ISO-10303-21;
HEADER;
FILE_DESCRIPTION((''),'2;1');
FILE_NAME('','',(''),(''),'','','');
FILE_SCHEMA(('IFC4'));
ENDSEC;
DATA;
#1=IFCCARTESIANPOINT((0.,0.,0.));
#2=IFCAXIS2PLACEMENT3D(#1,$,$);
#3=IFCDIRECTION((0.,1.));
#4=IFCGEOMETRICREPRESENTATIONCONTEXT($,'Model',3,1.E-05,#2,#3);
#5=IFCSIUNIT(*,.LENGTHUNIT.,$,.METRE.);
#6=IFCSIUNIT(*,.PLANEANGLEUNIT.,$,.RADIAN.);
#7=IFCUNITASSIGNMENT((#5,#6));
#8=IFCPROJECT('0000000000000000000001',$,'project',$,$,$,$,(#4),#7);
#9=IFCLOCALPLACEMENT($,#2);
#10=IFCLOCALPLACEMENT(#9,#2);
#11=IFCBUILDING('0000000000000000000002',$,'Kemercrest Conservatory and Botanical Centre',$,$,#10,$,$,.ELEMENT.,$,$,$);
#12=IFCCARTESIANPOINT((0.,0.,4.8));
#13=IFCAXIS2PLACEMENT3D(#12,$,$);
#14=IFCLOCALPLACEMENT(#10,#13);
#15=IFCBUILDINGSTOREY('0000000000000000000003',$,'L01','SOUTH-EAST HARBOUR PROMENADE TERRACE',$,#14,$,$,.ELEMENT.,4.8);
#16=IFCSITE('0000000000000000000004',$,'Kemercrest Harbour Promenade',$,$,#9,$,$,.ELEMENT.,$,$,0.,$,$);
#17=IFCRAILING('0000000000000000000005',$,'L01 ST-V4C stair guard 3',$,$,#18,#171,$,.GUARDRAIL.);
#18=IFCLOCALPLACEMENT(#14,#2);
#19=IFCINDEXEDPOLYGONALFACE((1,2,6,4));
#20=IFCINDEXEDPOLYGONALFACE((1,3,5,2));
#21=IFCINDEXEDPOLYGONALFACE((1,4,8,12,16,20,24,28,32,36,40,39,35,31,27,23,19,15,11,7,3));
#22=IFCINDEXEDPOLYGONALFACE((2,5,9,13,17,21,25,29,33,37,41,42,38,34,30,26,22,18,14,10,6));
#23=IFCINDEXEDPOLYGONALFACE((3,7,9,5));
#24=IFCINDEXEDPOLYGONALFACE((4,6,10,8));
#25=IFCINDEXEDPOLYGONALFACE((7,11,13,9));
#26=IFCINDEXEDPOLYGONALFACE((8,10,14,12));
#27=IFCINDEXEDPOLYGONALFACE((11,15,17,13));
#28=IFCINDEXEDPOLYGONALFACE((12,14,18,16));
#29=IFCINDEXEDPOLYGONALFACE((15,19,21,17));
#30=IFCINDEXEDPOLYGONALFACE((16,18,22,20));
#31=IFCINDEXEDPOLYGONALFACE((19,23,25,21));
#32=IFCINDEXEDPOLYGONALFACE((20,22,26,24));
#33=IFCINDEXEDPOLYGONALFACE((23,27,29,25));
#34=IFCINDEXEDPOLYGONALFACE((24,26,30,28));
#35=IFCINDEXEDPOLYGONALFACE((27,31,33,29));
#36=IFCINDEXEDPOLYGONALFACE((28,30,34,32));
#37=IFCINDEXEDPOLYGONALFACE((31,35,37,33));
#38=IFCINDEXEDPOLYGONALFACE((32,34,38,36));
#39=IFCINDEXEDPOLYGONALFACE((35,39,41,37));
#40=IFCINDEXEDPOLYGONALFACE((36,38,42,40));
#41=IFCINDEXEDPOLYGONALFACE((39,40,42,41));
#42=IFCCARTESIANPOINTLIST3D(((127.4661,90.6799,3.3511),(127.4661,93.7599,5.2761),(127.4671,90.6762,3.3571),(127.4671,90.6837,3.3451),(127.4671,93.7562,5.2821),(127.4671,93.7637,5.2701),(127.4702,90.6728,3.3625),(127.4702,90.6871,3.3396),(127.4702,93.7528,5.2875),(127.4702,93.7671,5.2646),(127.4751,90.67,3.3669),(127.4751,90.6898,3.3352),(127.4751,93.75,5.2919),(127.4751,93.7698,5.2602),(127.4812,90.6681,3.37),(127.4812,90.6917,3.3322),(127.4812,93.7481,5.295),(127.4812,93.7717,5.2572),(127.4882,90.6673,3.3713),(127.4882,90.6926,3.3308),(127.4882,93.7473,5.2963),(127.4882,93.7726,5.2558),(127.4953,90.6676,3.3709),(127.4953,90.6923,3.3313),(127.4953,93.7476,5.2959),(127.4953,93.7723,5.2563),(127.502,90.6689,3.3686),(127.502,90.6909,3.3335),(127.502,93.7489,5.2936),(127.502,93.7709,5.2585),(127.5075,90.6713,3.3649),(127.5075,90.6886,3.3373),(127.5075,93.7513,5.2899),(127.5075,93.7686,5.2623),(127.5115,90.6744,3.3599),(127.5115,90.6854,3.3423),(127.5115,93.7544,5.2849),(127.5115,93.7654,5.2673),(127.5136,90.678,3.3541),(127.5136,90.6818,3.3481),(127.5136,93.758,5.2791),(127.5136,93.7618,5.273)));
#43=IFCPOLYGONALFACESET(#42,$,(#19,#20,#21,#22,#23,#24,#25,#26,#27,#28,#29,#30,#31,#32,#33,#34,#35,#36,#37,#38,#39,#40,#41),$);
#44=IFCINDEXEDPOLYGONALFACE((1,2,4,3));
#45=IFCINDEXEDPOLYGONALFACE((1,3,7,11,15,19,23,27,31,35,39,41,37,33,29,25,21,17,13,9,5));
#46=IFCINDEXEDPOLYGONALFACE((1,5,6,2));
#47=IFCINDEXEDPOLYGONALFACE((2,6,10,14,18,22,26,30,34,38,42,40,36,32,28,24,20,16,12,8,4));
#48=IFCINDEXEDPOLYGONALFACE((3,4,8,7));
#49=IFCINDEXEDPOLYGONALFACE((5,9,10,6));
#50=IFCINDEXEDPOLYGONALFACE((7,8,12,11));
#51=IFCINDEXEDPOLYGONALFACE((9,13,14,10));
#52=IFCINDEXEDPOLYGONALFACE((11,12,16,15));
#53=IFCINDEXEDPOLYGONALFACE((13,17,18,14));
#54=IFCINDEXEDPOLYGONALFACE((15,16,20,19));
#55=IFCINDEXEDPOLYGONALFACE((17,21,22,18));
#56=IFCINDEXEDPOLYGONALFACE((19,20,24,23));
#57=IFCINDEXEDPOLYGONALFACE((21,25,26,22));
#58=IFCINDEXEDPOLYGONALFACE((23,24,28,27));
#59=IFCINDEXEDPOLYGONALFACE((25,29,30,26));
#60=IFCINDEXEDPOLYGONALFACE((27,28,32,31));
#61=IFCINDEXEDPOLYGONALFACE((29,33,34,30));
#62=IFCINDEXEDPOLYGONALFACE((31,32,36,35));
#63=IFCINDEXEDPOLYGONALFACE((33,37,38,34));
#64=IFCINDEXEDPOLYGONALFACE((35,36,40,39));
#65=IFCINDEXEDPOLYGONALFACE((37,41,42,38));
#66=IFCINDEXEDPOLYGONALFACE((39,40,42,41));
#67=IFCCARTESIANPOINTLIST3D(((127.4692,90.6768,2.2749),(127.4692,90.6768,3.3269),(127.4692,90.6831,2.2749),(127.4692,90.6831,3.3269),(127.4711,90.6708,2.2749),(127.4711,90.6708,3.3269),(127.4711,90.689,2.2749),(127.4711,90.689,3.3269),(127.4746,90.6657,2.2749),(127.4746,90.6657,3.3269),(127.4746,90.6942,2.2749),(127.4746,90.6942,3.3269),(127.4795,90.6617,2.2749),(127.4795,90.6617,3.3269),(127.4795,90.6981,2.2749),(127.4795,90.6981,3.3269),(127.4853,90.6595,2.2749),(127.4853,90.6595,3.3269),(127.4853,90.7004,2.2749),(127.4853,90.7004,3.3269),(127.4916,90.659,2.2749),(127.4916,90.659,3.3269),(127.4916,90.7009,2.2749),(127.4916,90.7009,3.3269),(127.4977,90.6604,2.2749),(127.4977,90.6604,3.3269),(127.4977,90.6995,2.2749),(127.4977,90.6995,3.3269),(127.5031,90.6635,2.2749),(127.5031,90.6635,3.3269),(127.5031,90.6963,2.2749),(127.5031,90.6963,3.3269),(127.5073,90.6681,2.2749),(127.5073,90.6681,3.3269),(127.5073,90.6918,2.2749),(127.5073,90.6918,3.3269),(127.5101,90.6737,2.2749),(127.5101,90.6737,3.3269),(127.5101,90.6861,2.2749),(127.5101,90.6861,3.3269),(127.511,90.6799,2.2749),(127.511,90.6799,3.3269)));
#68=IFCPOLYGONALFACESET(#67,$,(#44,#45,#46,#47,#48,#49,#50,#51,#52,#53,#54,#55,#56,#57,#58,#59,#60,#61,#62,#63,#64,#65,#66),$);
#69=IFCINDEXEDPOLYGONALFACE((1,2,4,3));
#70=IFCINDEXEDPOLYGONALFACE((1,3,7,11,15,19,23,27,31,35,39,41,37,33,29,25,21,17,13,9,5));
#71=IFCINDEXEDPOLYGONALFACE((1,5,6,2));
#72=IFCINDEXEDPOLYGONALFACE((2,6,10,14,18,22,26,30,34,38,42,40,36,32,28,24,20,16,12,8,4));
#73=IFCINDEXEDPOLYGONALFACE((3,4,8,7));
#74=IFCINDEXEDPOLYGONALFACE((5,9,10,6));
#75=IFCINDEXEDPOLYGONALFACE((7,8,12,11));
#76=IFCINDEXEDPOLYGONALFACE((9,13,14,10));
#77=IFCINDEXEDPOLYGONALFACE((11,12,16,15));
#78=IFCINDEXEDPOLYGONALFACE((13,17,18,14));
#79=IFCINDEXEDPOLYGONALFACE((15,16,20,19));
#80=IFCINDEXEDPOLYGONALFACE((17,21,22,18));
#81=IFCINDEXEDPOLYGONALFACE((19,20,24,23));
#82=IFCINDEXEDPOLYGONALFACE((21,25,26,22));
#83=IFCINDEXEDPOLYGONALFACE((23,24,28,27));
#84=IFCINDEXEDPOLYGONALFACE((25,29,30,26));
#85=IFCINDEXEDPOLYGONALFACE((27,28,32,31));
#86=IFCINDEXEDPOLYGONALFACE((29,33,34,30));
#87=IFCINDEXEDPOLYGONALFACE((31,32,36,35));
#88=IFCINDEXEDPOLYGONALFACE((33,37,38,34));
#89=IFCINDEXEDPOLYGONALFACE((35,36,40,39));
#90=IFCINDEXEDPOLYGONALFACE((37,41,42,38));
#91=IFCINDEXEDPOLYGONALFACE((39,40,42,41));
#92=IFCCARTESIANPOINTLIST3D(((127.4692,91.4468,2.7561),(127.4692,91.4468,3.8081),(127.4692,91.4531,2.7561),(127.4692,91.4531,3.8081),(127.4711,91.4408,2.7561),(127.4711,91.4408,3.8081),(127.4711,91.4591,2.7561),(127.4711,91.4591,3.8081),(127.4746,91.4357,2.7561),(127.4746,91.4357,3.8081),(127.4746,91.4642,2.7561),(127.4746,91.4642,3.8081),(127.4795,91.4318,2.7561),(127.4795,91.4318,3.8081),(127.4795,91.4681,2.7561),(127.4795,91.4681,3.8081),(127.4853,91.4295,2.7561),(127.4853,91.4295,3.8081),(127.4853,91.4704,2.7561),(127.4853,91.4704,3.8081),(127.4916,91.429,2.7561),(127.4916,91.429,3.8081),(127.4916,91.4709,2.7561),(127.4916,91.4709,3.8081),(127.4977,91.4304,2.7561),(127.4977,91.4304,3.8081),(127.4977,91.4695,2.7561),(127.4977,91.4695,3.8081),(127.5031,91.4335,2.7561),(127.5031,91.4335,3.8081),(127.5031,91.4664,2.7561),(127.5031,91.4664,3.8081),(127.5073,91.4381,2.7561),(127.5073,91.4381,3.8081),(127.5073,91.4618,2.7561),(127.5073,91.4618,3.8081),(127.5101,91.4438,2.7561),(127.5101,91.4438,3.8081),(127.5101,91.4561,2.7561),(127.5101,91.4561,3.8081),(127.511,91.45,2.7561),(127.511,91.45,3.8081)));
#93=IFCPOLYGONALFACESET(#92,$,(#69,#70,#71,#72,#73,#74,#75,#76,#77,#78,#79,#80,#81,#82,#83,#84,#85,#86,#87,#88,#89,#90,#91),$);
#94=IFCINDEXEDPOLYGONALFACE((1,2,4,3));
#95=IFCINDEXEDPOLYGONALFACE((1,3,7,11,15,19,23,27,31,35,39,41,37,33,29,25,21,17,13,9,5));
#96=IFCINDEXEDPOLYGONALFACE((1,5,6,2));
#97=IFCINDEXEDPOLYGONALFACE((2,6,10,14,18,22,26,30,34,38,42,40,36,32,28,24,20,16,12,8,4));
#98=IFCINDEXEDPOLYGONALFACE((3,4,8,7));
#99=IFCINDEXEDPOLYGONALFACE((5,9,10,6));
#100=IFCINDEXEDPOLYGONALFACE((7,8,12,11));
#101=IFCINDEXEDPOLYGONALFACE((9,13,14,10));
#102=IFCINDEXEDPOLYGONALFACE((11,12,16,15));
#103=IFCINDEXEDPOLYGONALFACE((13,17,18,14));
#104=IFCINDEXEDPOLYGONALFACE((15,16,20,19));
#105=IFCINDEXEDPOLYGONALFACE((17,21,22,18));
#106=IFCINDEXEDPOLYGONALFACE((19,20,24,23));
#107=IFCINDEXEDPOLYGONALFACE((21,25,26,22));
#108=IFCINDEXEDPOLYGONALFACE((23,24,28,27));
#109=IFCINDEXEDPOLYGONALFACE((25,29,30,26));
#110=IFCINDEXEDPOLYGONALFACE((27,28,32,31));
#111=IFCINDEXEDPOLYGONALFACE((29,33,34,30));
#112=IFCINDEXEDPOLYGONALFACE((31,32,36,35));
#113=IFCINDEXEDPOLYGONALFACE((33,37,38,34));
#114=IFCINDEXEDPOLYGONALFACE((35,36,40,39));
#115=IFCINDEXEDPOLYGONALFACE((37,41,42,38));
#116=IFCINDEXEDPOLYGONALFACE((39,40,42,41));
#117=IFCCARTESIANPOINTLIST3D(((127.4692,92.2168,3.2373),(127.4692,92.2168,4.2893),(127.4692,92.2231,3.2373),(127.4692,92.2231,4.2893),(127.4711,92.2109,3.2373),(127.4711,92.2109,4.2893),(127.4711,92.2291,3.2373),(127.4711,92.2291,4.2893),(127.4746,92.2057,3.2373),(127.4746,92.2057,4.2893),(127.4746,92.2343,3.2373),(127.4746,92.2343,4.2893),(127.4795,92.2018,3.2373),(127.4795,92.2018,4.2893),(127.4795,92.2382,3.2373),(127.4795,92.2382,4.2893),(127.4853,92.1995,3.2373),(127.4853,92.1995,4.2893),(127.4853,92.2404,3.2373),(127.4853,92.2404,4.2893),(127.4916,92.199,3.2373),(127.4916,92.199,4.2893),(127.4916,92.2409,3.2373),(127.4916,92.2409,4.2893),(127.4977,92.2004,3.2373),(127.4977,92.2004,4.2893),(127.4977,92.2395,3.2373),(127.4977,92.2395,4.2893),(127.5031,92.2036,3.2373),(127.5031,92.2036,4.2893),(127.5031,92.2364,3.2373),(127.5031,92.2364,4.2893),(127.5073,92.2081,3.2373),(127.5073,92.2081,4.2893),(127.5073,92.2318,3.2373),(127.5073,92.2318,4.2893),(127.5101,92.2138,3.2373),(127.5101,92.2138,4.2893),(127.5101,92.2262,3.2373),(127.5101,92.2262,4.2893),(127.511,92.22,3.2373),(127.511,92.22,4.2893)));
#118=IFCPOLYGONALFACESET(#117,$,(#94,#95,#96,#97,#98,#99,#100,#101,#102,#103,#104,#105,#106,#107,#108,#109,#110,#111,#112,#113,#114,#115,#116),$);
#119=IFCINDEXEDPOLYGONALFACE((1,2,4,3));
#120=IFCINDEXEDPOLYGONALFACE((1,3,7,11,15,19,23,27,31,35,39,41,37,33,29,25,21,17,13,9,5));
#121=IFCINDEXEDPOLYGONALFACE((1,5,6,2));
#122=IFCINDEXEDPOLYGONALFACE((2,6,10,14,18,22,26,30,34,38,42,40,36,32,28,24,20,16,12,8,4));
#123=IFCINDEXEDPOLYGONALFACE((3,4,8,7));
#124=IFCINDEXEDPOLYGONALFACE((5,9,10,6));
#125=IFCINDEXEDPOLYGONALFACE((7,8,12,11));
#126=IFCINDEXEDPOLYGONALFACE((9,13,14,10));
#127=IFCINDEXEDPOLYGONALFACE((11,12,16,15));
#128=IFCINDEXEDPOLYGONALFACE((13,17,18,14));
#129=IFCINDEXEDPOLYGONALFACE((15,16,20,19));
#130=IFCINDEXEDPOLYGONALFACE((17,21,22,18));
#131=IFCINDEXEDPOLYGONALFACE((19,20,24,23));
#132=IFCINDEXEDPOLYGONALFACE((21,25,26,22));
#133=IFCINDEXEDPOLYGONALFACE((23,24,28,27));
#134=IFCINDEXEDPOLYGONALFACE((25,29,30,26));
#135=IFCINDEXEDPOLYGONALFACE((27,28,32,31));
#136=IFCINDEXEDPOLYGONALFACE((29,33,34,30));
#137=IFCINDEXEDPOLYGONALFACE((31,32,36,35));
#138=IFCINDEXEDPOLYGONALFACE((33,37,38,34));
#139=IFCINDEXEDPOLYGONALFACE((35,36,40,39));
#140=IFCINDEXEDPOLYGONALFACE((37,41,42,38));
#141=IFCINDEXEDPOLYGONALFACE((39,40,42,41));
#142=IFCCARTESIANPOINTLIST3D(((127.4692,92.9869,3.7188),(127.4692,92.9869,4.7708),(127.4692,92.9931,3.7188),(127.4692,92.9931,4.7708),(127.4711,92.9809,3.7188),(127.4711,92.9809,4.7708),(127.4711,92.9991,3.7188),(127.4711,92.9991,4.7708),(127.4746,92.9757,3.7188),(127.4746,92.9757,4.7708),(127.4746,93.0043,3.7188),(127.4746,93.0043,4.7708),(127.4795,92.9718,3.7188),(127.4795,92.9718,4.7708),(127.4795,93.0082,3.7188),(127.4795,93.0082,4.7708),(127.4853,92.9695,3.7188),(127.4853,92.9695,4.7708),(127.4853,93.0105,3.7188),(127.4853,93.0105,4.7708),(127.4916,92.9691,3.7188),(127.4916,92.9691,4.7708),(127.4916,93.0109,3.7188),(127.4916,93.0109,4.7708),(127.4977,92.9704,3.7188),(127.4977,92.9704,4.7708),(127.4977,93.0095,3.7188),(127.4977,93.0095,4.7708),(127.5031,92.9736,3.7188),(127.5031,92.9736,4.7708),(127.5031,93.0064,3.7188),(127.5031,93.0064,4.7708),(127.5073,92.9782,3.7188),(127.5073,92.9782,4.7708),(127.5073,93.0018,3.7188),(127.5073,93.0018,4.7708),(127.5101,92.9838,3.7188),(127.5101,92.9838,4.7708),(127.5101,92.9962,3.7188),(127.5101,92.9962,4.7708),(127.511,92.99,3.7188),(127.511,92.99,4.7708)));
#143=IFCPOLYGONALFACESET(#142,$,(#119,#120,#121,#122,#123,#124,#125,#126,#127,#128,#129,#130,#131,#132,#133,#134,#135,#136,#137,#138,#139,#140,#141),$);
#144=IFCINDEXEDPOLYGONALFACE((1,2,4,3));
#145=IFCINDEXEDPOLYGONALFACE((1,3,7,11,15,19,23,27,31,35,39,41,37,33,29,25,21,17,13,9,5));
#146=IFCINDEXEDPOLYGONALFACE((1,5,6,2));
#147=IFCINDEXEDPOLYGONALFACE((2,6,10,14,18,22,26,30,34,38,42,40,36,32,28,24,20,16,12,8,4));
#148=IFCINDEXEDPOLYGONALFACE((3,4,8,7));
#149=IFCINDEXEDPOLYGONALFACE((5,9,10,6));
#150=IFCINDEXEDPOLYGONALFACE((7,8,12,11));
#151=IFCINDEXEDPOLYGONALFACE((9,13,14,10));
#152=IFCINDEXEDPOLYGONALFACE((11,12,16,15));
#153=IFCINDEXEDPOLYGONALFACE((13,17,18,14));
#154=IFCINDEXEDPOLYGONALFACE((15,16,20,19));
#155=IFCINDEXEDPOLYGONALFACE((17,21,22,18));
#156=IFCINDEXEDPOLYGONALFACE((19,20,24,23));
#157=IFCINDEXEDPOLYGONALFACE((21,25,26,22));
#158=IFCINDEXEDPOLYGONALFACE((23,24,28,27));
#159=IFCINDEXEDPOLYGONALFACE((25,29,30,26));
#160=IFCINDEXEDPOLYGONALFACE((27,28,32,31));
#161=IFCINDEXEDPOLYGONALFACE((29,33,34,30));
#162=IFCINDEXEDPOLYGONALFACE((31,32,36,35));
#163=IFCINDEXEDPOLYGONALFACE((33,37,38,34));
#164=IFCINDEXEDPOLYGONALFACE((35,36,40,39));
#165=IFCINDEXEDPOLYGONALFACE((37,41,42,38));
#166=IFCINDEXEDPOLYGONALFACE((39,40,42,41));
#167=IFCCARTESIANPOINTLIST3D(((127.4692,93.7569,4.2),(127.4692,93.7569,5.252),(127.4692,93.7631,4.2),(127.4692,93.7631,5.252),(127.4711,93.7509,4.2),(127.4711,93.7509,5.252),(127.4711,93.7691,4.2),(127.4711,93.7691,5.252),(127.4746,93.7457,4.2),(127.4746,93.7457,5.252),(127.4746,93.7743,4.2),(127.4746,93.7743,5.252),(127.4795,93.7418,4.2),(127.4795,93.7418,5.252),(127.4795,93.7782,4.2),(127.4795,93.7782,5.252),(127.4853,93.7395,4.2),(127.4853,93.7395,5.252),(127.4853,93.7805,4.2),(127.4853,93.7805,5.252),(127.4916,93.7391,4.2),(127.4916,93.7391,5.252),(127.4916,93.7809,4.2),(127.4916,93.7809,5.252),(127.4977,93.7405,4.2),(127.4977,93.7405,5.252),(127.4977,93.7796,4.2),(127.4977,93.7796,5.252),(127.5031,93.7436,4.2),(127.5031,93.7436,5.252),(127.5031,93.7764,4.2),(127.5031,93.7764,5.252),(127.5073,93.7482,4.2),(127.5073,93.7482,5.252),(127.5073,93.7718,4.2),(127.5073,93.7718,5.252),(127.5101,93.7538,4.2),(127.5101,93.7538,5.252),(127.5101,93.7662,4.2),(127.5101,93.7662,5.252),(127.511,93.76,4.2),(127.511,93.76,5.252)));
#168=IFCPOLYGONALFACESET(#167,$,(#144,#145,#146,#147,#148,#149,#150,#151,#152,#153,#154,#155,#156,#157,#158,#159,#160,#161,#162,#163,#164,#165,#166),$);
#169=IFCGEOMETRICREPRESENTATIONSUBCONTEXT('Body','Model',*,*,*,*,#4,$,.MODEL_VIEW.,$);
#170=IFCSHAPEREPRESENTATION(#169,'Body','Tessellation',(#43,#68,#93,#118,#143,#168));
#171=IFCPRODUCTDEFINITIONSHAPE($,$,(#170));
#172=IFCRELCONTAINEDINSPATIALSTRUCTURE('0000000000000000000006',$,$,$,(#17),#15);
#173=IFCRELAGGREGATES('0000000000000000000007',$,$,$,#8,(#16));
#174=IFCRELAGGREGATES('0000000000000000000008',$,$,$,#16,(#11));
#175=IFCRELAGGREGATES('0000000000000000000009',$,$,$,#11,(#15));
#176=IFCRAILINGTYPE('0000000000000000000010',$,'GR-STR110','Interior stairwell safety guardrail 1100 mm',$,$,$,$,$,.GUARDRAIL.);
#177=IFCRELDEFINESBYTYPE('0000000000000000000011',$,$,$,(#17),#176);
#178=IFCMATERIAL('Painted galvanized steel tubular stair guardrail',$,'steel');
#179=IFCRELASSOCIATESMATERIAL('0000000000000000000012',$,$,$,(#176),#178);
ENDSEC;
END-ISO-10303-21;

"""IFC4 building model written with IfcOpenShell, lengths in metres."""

from ifc_helpers import new_model, si_unit, direction, frame, origin, origin_2d, place, context, subcontext, project, spatial, circle, extrude, material, type_object, element, save


model = new_model("IFC4")

# Units and contexts
model_context = context("Model", 3, precision=1e-05, world=origin(), true_north=direction((0.0, 1.0)))
body_context = subcontext(model_context, "Body", "Model", "MODEL_VIEW")
ifc_project = project(units=[si_unit("LENGTHUNIT", "METRE"), si_unit("PLANEANGLEUNIT", "RADIAN")], contexts=[model_context])

# Site, building, storey
site_placement = place(None, origin())
site = spatial("IfcSite", under=ifc_project, at=site_placement, Name="Kemercrest Harbour Promenade", CompositionType="ELEMENT", RefElevation=0.0)
building_placement = place(site_placement, origin())
building = spatial("IfcBuilding", under=site, at=building_placement, Name="Kemercrest Conservatory and Botanical Centre", CompositionType="ELEMENT")
storey_placement = place(building_placement, frame((0.0, 0.0, 4.8)))
storey = spatial("IfcBuildingStorey", under=building, at=storey_placement, Name="L01", Description="SOUTH-EAST HARBOUR PROMENADE TERRACE", CompositionType="ELEMENT", Elevation=4.8)

# Railing
ifc_material_1 = material(Name="Painted galvanized steel tubular stair guardrail", Category="steel")
railing_type_1 = type_object("IfcRailingType", Name="GR-STR110", Description="Interior stairwell safety guardrail 1100 mm", PredefinedType="GUARDRAIL", material=ifc_material_1)
railing_1_placement = place(storey_placement, frame((127.49, 90.6799, 2.2749)))
element("IfcRailing", 1, at=railing_1_placement, inside=storey, type_object=railing_type_1, Name="L01 ST-V4C stair guard 3", PredefinedType="GUARDRAIL", context=body_context, shape_type="SweptSolid", body=[
    extrude(circle(Radius=0.0239, at=origin_2d()), frame((0.0, 0.0, 1.0762), z_axis=(0.0, 0.847998, 0.529999), x_axis=(-1.0, 0.0, 0.0)), (0.0, 0.0, 1.0), 3.6321),
    extrude(circle(Radius=0.021, at=origin_2d()), origin(), (0.0, 0.0, 1.0), 1.052),
    extrude(circle(Radius=0.021, at=origin_2d()), frame((0.0, 0.77, 0.4812)), (0.0, 0.0, 1.0), 1.052),
    extrude(circle(Radius=0.021, at=origin_2d()), frame((0.0, 1.54, 0.9624)), (0.0, 0.0, 1.0), 1.052),
    extrude(circle(Radius=0.021, at=origin_2d()), frame((0.0, 2.3101, 1.4438)), (0.0, 0.0, 1.0), 1.052),
    extrude(circle(Radius=0.021, at=origin_2d()), frame((0.0, 3.0801, 1.925)), (0.0, 0.0, 1.0), 1.052),
])

save(model, "model.ifc")
